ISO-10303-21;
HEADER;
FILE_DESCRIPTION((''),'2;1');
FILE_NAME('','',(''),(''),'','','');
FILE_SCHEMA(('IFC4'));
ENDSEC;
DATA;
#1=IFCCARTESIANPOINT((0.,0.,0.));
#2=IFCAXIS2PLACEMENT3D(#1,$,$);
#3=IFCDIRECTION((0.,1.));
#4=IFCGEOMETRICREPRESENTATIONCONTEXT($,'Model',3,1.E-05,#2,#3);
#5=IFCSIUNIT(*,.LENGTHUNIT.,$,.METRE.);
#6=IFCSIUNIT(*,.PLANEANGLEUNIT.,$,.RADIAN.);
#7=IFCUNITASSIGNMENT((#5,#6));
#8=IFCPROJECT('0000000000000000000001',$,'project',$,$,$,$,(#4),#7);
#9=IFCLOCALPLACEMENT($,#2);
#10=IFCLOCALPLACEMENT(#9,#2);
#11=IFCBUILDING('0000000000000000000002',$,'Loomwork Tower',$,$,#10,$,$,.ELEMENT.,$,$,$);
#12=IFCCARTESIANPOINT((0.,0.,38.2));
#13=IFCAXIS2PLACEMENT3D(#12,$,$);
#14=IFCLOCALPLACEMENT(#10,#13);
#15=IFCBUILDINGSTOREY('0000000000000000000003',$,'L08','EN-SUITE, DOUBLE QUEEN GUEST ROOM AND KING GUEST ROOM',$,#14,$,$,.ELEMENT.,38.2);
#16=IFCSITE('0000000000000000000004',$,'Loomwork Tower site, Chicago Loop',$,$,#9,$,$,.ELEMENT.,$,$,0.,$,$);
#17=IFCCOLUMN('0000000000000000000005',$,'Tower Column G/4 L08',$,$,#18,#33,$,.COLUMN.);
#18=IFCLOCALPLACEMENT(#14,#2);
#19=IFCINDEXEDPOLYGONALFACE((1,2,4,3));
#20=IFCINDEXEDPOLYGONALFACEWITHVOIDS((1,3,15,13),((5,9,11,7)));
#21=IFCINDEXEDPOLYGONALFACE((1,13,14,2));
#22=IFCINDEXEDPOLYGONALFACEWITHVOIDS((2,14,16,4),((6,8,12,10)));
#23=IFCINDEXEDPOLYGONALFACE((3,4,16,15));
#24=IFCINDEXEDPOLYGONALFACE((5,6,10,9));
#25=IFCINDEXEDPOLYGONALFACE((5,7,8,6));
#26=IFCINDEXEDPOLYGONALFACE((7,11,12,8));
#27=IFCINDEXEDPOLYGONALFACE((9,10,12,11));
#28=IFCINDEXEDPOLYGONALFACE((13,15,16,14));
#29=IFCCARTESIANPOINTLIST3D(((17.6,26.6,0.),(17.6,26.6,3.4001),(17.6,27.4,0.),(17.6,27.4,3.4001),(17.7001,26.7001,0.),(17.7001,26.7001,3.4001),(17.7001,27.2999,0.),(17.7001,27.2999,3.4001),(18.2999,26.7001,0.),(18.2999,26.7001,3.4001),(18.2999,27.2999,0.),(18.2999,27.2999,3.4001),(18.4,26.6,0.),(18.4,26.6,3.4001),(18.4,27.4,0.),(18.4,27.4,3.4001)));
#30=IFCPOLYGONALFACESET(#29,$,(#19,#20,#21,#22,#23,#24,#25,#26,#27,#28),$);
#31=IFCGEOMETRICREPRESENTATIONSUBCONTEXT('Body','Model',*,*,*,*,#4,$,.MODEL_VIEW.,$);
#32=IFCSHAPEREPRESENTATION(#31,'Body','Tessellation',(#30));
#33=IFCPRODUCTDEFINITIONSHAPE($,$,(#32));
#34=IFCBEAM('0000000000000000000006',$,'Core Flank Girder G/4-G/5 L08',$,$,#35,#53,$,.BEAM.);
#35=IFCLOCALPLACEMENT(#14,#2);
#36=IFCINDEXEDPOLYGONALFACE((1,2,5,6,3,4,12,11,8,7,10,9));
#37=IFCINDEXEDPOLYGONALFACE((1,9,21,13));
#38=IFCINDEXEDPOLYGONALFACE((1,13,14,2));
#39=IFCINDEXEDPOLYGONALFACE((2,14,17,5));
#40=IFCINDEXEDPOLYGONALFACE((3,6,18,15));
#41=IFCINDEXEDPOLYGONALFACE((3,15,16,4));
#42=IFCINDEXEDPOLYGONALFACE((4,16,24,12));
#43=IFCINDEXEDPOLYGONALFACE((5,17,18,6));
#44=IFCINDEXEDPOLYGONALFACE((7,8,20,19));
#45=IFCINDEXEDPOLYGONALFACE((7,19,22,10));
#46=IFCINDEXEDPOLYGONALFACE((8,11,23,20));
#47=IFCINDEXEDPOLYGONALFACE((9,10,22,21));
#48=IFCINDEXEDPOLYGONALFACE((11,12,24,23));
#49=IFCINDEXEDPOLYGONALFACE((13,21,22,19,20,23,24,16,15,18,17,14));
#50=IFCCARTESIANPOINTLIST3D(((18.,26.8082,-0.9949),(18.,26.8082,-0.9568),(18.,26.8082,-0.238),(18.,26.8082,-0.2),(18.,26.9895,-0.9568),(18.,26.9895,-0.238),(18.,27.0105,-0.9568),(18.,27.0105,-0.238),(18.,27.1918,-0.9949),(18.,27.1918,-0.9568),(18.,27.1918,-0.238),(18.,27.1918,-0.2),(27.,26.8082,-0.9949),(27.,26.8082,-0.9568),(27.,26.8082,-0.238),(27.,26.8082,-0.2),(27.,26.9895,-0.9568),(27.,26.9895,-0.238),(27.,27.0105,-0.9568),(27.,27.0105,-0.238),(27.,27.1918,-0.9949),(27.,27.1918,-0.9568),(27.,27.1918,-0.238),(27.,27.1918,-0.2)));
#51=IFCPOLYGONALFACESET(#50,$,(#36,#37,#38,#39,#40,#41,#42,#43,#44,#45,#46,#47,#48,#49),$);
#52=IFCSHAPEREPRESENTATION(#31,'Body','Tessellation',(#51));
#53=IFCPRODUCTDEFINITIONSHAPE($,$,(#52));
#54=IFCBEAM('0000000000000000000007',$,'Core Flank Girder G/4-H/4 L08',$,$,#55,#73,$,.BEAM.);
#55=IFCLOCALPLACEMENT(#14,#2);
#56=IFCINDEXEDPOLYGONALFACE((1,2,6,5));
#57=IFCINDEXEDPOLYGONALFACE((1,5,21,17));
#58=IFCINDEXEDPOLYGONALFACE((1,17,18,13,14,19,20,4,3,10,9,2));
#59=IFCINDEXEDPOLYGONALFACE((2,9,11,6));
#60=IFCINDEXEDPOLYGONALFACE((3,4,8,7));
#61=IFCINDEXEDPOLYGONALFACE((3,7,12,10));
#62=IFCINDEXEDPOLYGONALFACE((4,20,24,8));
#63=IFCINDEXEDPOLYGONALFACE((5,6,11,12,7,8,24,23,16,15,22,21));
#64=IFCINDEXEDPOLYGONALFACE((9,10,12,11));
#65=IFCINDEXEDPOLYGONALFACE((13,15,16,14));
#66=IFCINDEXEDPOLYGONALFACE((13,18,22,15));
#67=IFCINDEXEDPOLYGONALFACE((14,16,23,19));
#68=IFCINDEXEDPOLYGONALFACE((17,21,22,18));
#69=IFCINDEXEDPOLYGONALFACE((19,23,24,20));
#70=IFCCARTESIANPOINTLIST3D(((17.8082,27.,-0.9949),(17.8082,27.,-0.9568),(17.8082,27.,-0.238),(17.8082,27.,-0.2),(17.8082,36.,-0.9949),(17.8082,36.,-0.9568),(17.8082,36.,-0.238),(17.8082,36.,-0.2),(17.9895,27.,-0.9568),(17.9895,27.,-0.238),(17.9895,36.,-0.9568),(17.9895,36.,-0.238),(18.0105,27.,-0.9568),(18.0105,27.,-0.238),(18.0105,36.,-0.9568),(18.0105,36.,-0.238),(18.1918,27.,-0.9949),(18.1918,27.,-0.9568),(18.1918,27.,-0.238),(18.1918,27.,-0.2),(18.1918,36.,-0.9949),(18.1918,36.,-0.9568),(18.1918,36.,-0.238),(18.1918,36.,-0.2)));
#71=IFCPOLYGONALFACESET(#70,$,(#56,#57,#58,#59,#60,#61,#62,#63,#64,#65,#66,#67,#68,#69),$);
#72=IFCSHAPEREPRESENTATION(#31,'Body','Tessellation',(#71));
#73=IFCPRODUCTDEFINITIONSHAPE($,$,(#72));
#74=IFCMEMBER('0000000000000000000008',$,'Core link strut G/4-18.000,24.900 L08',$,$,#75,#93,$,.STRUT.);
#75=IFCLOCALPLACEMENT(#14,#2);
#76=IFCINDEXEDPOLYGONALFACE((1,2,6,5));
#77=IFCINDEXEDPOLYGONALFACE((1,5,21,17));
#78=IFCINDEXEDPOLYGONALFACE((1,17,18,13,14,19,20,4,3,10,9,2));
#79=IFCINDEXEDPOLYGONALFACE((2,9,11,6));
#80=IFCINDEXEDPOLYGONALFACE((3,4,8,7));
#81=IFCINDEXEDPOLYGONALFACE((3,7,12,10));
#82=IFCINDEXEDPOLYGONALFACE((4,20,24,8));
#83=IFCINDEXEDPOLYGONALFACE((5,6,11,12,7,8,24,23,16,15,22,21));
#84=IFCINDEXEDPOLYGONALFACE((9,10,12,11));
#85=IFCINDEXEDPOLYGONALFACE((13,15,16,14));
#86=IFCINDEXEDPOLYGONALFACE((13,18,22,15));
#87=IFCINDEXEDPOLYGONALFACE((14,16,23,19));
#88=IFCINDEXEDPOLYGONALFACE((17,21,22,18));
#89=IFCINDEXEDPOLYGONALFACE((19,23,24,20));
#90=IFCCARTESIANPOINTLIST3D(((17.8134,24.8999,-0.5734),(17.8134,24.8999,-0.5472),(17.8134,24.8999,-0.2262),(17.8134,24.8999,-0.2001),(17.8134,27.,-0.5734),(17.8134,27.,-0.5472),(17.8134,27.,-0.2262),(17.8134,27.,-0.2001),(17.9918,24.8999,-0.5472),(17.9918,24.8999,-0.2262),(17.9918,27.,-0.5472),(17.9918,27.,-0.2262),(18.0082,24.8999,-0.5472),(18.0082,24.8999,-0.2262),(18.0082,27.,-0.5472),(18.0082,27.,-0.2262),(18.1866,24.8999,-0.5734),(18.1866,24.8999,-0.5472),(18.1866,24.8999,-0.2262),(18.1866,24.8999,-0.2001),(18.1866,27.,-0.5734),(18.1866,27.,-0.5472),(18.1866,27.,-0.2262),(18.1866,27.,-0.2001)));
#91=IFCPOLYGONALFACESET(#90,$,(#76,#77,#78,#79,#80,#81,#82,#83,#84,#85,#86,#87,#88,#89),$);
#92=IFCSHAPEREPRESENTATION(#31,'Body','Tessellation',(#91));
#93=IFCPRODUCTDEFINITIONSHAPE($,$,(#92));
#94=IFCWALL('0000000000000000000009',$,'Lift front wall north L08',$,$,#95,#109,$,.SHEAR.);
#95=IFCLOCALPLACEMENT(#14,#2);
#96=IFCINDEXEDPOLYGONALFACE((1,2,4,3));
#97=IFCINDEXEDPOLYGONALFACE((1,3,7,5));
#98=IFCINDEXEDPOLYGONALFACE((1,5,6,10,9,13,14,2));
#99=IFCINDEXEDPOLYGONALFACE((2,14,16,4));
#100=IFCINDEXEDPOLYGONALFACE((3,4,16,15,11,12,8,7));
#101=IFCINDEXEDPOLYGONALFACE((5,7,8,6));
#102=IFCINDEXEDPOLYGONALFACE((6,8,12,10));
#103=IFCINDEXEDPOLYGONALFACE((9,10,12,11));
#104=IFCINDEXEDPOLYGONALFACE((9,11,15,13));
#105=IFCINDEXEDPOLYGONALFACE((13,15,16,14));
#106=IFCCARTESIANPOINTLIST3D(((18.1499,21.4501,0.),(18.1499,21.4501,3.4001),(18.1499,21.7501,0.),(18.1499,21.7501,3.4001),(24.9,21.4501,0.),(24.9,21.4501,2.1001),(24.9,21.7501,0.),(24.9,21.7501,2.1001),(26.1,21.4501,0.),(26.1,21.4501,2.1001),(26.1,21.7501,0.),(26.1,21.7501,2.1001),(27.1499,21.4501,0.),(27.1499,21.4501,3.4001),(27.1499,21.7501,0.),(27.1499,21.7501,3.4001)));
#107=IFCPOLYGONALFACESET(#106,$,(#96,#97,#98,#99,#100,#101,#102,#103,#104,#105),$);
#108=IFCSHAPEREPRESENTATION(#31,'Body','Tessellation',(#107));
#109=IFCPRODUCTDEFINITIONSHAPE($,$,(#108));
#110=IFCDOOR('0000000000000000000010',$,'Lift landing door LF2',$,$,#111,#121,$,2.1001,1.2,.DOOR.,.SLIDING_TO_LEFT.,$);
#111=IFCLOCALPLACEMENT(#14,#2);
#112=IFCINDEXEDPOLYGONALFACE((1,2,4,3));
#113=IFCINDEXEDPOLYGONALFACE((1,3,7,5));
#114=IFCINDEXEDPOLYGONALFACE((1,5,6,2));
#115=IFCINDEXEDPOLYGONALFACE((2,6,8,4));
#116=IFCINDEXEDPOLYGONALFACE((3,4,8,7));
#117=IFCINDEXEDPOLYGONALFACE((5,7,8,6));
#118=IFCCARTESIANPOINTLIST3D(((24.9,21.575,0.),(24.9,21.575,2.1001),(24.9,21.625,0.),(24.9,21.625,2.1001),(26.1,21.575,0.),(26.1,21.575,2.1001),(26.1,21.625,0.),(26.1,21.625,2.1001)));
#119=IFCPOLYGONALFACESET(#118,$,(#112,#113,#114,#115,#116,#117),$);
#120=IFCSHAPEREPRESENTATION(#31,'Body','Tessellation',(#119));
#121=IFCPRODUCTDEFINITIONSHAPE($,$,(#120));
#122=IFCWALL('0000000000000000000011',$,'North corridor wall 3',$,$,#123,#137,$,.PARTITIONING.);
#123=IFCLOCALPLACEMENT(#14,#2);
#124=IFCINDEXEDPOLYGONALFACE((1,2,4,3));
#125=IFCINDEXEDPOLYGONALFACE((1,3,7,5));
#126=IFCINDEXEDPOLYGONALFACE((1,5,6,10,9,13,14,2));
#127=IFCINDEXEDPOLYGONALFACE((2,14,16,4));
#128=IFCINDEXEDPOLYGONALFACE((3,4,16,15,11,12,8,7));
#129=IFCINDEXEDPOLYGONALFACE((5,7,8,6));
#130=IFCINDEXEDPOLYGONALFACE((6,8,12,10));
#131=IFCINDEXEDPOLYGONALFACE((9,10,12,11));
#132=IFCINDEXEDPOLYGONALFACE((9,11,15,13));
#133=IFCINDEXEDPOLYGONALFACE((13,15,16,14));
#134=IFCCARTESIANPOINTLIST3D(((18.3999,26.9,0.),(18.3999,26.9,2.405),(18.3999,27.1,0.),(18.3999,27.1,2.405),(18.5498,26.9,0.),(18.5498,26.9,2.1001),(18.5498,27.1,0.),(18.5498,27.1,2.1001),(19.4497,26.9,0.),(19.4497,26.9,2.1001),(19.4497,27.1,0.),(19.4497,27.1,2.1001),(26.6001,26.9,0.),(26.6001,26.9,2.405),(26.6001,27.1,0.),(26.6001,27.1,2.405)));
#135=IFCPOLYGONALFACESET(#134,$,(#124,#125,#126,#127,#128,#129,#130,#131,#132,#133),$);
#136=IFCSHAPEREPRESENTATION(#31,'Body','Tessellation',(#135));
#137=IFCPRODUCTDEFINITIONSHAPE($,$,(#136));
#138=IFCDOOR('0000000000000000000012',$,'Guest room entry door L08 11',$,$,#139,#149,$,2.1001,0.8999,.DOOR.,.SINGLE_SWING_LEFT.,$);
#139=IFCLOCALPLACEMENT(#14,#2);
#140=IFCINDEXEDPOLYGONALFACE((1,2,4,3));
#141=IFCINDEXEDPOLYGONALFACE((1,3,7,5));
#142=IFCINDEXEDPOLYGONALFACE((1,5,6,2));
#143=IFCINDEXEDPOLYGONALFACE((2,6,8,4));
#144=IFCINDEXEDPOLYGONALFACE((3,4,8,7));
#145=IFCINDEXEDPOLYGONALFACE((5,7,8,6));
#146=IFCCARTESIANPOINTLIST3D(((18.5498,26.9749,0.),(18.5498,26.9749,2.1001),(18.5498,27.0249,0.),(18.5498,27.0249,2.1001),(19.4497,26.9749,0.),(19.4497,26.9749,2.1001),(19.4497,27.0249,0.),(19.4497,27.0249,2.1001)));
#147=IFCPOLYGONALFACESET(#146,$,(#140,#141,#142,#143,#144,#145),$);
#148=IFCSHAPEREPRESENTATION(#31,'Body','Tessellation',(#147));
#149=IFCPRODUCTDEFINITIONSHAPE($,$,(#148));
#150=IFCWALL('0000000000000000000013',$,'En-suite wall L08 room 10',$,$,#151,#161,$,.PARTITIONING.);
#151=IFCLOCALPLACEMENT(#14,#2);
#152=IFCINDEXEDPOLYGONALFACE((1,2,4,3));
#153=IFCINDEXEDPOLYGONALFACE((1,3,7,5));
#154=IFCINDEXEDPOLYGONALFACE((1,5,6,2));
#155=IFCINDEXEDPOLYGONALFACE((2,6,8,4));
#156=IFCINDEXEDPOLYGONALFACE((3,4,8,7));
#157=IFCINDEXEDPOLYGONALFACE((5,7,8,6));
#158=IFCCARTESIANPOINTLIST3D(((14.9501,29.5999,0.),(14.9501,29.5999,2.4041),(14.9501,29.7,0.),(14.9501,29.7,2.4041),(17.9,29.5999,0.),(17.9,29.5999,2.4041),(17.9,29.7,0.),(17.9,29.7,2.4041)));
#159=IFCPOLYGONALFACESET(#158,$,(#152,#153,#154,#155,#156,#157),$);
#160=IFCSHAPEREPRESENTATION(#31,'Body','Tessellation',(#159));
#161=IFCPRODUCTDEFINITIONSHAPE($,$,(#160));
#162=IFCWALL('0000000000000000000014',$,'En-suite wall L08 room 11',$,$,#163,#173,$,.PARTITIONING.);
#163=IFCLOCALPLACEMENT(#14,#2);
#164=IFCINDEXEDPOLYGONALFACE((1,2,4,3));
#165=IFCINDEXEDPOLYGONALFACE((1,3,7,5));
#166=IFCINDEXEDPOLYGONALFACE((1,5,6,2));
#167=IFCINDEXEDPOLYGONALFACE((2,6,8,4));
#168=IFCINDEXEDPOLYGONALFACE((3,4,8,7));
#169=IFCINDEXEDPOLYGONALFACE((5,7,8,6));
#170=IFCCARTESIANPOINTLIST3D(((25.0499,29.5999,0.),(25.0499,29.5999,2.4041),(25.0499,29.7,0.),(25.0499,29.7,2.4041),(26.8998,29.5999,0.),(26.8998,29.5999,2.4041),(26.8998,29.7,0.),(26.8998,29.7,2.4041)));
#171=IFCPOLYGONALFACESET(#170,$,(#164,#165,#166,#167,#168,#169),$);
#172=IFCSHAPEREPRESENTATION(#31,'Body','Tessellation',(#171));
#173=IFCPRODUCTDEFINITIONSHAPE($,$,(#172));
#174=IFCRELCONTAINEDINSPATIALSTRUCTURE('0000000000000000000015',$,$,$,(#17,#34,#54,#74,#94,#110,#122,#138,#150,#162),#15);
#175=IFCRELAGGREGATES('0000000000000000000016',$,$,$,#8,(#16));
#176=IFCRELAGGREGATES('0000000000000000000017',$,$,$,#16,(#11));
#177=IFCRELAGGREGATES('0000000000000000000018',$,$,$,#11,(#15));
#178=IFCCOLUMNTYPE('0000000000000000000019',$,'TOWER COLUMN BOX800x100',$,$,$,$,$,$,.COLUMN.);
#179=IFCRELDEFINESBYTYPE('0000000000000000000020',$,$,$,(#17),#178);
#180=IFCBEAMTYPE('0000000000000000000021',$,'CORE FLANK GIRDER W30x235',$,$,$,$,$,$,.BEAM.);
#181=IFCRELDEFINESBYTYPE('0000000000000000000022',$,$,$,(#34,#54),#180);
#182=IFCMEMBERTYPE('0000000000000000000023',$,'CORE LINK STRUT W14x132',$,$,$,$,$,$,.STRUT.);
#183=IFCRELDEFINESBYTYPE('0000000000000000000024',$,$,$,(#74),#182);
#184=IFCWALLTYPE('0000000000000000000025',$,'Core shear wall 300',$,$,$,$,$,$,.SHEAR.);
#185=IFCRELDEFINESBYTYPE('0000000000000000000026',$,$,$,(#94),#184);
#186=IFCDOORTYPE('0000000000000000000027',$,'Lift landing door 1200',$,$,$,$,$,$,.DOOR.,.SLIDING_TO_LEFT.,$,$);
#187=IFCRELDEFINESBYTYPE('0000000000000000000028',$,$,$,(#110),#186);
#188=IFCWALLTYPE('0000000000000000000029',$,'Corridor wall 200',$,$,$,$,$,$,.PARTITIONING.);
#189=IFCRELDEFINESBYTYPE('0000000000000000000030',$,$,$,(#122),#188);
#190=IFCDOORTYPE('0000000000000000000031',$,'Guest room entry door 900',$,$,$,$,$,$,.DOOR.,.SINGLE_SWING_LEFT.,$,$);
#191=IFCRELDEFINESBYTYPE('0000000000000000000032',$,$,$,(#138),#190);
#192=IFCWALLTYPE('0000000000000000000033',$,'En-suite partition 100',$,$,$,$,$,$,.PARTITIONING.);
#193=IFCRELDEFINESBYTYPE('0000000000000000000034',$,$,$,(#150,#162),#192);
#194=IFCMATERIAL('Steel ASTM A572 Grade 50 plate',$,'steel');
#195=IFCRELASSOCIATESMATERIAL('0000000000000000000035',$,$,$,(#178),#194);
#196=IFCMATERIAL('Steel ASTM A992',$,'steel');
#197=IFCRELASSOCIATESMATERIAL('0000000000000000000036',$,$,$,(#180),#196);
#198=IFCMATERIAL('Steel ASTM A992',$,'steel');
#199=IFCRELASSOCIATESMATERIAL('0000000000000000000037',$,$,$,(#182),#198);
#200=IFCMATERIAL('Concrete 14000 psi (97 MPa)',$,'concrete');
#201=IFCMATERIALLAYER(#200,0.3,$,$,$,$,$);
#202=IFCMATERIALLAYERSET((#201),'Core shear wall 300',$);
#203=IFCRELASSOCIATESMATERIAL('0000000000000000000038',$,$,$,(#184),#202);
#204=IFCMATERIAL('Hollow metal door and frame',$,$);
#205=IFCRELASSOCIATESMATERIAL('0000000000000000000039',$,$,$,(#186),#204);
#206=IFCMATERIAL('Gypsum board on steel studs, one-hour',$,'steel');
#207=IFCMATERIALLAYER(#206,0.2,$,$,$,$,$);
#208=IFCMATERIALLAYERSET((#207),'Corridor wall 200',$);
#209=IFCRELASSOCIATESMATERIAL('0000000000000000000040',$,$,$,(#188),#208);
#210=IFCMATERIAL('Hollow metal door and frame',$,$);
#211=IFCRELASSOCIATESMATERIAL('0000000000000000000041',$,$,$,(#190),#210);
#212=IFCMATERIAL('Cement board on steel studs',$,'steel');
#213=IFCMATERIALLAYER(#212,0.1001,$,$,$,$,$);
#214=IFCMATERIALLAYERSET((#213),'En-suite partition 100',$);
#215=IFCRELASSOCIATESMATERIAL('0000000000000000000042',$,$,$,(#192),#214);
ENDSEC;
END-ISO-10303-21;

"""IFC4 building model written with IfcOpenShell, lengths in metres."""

from ifc_helpers import new_model, si_unit, direction, frame, frame_2d, origin, origin_2d, place, context, subcontext, project, spatial, rectangle, hollow_rectangle, i_section, extrude, material, layer, layer_set, material_profile, profile_set, type_object, element, fill, save


model = new_model("IFC4")

# Units and contexts
model_context = context("Model", 3, precision=1e-05, world=origin(), true_north=direction((0.0, 1.0)))
body_context = subcontext(model_context, "Body", "Model", "MODEL_VIEW")
ifc_project = project(units=[si_unit("LENGTHUNIT", "METRE"), si_unit("PLANEANGLEUNIT", "RADIAN")], contexts=[model_context])

# Site, building, storey
site_placement = place(None, origin())
site = spatial("IfcSite", under=ifc_project, at=site_placement, Name="Loomwork Tower site, Chicago Loop", CompositionType="ELEMENT", RefElevation=0.0)
building_placement = place(site_placement, origin())
building = spatial("IfcBuilding", under=site, at=building_placement, Name="Loomwork Tower", CompositionType="ELEMENT")
storey_placement = place(building_placement, frame((0.0, 0.0, 38.2)))
storey = spatial("IfcBuildingStorey", under=building, at=storey_placement, Name="L08", Description="EN-SUITE, DOUBLE QUEEN GUEST ROOM AND KING GUEST ROOM", CompositionType="ELEMENT", Elevation=38.2)

# Column
ifc_material_1 = material(Name="Steel ASTM A572 Grade 50 plate", Category="steel")
ifc_material_profile_1 = material_profile(ifc_material_1, hollow_rectangle(XDim=0.8, YDim=0.8, WallThickness=0.1001, at=origin_2d()), Name="BOX800x100")
ifc_profile_set_1 = profile_set([ifc_material_profile_1], Name="Steel ASTM A572 Grade 50 plate")
column_type = type_object("IfcColumnType", Name="TOWER COLUMN BOX800x100", PredefinedType="COLUMN", material=ifc_profile_set_1)
column_placement = place(storey_placement, frame((18.0, 27.0, 0.0), z_axis=(0.0, 0.0, 1.0), x_axis=(1.0, 0.0, 0.0)))
element("IfcColumn", 1, at=column_placement, inside=storey, type_object=column_type, Name="Tower Column G/4 L08", PredefinedType="COLUMN", context=body_context, shape_type="SweptSolid", body=[
    extrude(hollow_rectangle(XDim=0.8, YDim=0.8, WallThickness=0.1001, at=origin_2d()), origin(), (0.0, 0.0, 1.0), 3.4001),
])

# Beams
ifc_material_2 = material(Name="Steel ASTM A992", Category="steel")
ifc_material_profile_2 = material_profile(ifc_material_2, i_section(OverallWidth=0.3835, OverallDepth=0.7949, WebThickness=0.021, FlangeThickness=0.0381, at=origin_2d()), Name="W30x235")
ifc_profile_set_2 = profile_set([ifc_material_profile_2], Name="Steel ASTM A992")
beam_type = type_object("IfcBeamType", Name="CORE FLANK GIRDER W30x235", PredefinedType="BEAM", material=ifc_profile_set_2)
for number, where, z_axis, x_axis, name in (
    (2, (18.0, 27.0, -0.5974), (1.0, 0.0, 0.0), (0.0, 1.0, 0.0), "Core Flank Girder G/4-G/5 L08"),
    (3, (18.0, 27.0, -0.5974), (0.0, 1.0, 0.0), (-1.0, 0.0, 0.0), "Core Flank Girder G/4-H/4 L08"),
):
    element("IfcBeam", number, at=place(storey_placement, frame(where, z_axis=z_axis, x_axis=x_axis)), inside=storey, type_object=beam_type, Name=name, PredefinedType="BEAM", context=body_context, shape_type="SweptSolid", body=[
        extrude(i_section(OverallWidth=0.3835, OverallDepth=0.7949, WebThickness=0.021, FlangeThickness=0.0381, at=origin_2d()), origin(), (0.0, 0.0, 1.0), 9.0),
    ])

# Member
ifc_material_3 = material(Name="Steel ASTM A992", Category="steel")
ifc_material_profile_3 = material_profile(ifc_material_3, i_section(OverallWidth=0.3733, OverallDepth=0.3733, WebThickness=0.0164, FlangeThickness=0.0261, at=origin_2d()), Name="W14x132")
ifc_profile_set_3 = profile_set([ifc_material_profile_3], Name="Steel ASTM A992")
member_type = type_object("IfcMemberType", Name="CORE LINK STRUT W14x132", PredefinedType="STRUT", material=ifc_profile_set_3)
member_placement = place(storey_placement, frame((18.0, 27.0, -0.3867), z_axis=(0.0, -1.0, 0.0), x_axis=(1.0, 0.0, 0.0)))
element("IfcMember", 4, at=member_placement, inside=storey, type_object=member_type, Name="Core link strut G/4-18.000,24.900 L08", PredefinedType="STRUT", context=body_context, shape_type="SweptSolid", body=[
    extrude(i_section(OverallWidth=0.3733, OverallDepth=0.3733, WebThickness=0.0164, FlangeThickness=0.0261, at=origin_2d()), origin(), (0.0, 0.0, 1.0), 2.1001),
])

# Walls, openings, doors
ifc_material_4 = material(Name="Concrete 14000 psi (97 MPa)", Category="concrete")
ifc_layer_1 = layer(ifc_material_4, 0.3)
ifc_layer_set_1 = layer_set([ifc_layer_1], Name="Core shear wall 300")
wall_type_1 = type_object("IfcWallType", Name="Core shear wall 300", PredefinedType="SHEAR", material=ifc_layer_set_1)
wall_1_placement = place(storey_placement, frame((18.1499, 21.6001, 0.0), z_axis=(0.0, 0.0, 1.0), x_axis=(1.0, 0.0, 0.0)))
wall_1 = element("IfcWall", 5, at=wall_1_placement, inside=storey, type_object=wall_type_1, Name="Lift front wall north L08", PredefinedType="SHEAR", context=body_context, shape_type="SweptSolid", body=[
    extrude(rectangle(XDim=9.0, YDim=0.3, at=frame_2d((4.5, 0.0))), origin(), (0.0, 0.0, 1.0), 3.4001),
])
opening_1_placement = place(wall_1_placement, frame((6.75, 0.0, 0.0)))
opening_1 = element("IfcOpeningElement", 6, at=opening_1_placement, cuts=wall_1, PredefinedType="OPENING", context=body_context, shape_type="SweptSolid", body=[
    extrude(rectangle(XDim=1.2, YDim=2.1001, at=frame_2d((0.6001, 1.05))), frame((0.0, 0.1599, 0.0), z_axis=(0.0, -1.0, 0.0), x_axis=(1.0, 0.0, 0.0)), (0.0, 0.0, 1.0), 0.3201),
])
ifc_material_5 = material(Name="Hollow metal door and frame")
door_type_1 = type_object("IfcDoorType", Name="Lift landing door 1200", OperationType="SLIDING_TO_LEFT", PredefinedType="DOOR", material=ifc_material_5)
door_1_placement = place(opening_1_placement, origin())
door_1 = element("IfcDoor", 7, at=door_1_placement, inside=storey, type_object=door_type_1, Name="Lift landing door LF2", OperationType="SLIDING_TO_LEFT", OverallHeight=2.1001, OverallWidth=1.2, PredefinedType="DOOR", context=body_context, shape_type="SweptSolid", body=[
    extrude(rectangle(XDim=1.2, YDim=2.1001, at=frame_2d((0.6001, 1.05))), frame((0.0, 0.0249, 0.0), z_axis=(0.0, -1.0, 0.0), x_axis=(1.0, 0.0, 0.0)), (0.0, 0.0, 1.0), 0.05),
])
fill(opening_1, door_1)
ifc_material_6 = material(Name="Gypsum board on steel studs, one-hour", Category="steel")
ifc_layer_2 = layer(ifc_material_6, 0.2)
ifc_layer_set_2 = layer_set([ifc_layer_2], Name="Corridor wall 200")
wall_type_2 = type_object("IfcWallType", Name="Corridor wall 200", PredefinedType="PARTITIONING", material=ifc_layer_set_2)
wall_2_placement = place(storey_placement, frame((18.3999, 27.0, 0.0), z_axis=(0.0, 0.0, 1.0), x_axis=(1.0, 0.0, 0.0)))
wall_2 = element("IfcWall", 8, at=wall_2_placement, inside=storey, type_object=wall_type_2, Name="North corridor wall 3", PredefinedType="PARTITIONING", context=body_context, shape_type="SweptSolid", body=[
    extrude(rectangle(XDim=8.2002, YDim=0.2, at=frame_2d((4.1001, 0.0))), origin(), (0.0, 0.0, 1.0), 2.405),
])
opening_2_placement = place(wall_2_placement, frame((0.1499, 0.0, 0.0)))
opening_2 = element("IfcOpeningElement", 9, at=opening_2_placement, cuts=wall_2, PredefinedType="OPENING", context=body_context, shape_type="SweptSolid", body=[
    extrude(rectangle(XDim=0.8999, YDim=2.1001, at=frame_2d((0.45, 1.05))), frame((0.0, 0.1099, 0.0), z_axis=(0.0, -1.0, 0.0), x_axis=(1.0, 0.0, 0.0)), (0.0, 0.0, 1.0), 0.22),
])
ifc_material_7 = material(Name="Hollow metal door and frame")
door_type_2 = type_object("IfcDoorType", Name="Guest room entry door 900", OperationType="SINGLE_SWING_LEFT", PredefinedType="DOOR", material=ifc_material_7)
door_2_placement = place(opening_2_placement, origin())
door_2 = element("IfcDoor", 10, at=door_2_placement, inside=storey, type_object=door_type_2, Name="Guest room entry door L08 11", OperationType="SINGLE_SWING_LEFT", OverallHeight=2.1001, OverallWidth=0.8999, PredefinedType="DOOR", context=body_context, shape_type="SweptSolid", body=[
    extrude(rectangle(XDim=0.8999, YDim=2.1001, at=frame_2d((0.45, 1.05))), frame((0.0, 0.0249, 0.0), z_axis=(0.0, -1.0, 0.0), x_axis=(1.0, 0.0, 0.0)), (0.0, 0.0, 1.0), 0.05),
])
fill(opening_2, door_2)

# Walls
ifc_material_8 = material(Name="Cement board on steel studs", Category="steel")
ifc_layer_3 = layer(ifc_material_8, 0.1001)
ifc_layer_set_3 = layer_set([ifc_layer_3], Name="En-suite partition 100")
wall_type_3 = type_object("IfcWallType", Name="En-suite partition 100", PredefinedType="PARTITIONING", material=ifc_layer_set_3)
wall_3_placement = place(storey_placement, frame((14.95, 29.6499, 0.0), z_axis=(0.0, 0.0, 1.0), x_axis=(1.0, 0.0, 0.0)))
element("IfcWall", 11, at=wall_3_placement, inside=storey, type_object=wall_type_3, Name="En-suite wall L08 room 10", PredefinedType="PARTITIONING", context=body_context, shape_type="SweptSolid", body=[
    extrude(rectangle(XDim=2.95, YDim=0.1001, at=frame_2d((1.4751, 0.0))), origin(), (0.0, 0.0, 1.0), 2.4041),
])
wall_4_placement = place(storey_placement, frame((25.05, 29.6499, 0.0), z_axis=(0.0, 0.0, 1.0), x_axis=(1.0, 0.0, 0.0)))
element("IfcWall", 12, at=wall_4_placement, inside=storey, type_object=wall_type_3, Name="En-suite wall L08 room 11", PredefinedType="PARTITIONING", context=body_context, shape_type="SweptSolid", body=[
    extrude(rectangle(XDim=1.8499, YDim=0.1001, at=frame_2d((0.9248, 0.0))), origin(), (0.0, 0.0, 1.0), 2.4041),
])

save(model, "model.ifc")
